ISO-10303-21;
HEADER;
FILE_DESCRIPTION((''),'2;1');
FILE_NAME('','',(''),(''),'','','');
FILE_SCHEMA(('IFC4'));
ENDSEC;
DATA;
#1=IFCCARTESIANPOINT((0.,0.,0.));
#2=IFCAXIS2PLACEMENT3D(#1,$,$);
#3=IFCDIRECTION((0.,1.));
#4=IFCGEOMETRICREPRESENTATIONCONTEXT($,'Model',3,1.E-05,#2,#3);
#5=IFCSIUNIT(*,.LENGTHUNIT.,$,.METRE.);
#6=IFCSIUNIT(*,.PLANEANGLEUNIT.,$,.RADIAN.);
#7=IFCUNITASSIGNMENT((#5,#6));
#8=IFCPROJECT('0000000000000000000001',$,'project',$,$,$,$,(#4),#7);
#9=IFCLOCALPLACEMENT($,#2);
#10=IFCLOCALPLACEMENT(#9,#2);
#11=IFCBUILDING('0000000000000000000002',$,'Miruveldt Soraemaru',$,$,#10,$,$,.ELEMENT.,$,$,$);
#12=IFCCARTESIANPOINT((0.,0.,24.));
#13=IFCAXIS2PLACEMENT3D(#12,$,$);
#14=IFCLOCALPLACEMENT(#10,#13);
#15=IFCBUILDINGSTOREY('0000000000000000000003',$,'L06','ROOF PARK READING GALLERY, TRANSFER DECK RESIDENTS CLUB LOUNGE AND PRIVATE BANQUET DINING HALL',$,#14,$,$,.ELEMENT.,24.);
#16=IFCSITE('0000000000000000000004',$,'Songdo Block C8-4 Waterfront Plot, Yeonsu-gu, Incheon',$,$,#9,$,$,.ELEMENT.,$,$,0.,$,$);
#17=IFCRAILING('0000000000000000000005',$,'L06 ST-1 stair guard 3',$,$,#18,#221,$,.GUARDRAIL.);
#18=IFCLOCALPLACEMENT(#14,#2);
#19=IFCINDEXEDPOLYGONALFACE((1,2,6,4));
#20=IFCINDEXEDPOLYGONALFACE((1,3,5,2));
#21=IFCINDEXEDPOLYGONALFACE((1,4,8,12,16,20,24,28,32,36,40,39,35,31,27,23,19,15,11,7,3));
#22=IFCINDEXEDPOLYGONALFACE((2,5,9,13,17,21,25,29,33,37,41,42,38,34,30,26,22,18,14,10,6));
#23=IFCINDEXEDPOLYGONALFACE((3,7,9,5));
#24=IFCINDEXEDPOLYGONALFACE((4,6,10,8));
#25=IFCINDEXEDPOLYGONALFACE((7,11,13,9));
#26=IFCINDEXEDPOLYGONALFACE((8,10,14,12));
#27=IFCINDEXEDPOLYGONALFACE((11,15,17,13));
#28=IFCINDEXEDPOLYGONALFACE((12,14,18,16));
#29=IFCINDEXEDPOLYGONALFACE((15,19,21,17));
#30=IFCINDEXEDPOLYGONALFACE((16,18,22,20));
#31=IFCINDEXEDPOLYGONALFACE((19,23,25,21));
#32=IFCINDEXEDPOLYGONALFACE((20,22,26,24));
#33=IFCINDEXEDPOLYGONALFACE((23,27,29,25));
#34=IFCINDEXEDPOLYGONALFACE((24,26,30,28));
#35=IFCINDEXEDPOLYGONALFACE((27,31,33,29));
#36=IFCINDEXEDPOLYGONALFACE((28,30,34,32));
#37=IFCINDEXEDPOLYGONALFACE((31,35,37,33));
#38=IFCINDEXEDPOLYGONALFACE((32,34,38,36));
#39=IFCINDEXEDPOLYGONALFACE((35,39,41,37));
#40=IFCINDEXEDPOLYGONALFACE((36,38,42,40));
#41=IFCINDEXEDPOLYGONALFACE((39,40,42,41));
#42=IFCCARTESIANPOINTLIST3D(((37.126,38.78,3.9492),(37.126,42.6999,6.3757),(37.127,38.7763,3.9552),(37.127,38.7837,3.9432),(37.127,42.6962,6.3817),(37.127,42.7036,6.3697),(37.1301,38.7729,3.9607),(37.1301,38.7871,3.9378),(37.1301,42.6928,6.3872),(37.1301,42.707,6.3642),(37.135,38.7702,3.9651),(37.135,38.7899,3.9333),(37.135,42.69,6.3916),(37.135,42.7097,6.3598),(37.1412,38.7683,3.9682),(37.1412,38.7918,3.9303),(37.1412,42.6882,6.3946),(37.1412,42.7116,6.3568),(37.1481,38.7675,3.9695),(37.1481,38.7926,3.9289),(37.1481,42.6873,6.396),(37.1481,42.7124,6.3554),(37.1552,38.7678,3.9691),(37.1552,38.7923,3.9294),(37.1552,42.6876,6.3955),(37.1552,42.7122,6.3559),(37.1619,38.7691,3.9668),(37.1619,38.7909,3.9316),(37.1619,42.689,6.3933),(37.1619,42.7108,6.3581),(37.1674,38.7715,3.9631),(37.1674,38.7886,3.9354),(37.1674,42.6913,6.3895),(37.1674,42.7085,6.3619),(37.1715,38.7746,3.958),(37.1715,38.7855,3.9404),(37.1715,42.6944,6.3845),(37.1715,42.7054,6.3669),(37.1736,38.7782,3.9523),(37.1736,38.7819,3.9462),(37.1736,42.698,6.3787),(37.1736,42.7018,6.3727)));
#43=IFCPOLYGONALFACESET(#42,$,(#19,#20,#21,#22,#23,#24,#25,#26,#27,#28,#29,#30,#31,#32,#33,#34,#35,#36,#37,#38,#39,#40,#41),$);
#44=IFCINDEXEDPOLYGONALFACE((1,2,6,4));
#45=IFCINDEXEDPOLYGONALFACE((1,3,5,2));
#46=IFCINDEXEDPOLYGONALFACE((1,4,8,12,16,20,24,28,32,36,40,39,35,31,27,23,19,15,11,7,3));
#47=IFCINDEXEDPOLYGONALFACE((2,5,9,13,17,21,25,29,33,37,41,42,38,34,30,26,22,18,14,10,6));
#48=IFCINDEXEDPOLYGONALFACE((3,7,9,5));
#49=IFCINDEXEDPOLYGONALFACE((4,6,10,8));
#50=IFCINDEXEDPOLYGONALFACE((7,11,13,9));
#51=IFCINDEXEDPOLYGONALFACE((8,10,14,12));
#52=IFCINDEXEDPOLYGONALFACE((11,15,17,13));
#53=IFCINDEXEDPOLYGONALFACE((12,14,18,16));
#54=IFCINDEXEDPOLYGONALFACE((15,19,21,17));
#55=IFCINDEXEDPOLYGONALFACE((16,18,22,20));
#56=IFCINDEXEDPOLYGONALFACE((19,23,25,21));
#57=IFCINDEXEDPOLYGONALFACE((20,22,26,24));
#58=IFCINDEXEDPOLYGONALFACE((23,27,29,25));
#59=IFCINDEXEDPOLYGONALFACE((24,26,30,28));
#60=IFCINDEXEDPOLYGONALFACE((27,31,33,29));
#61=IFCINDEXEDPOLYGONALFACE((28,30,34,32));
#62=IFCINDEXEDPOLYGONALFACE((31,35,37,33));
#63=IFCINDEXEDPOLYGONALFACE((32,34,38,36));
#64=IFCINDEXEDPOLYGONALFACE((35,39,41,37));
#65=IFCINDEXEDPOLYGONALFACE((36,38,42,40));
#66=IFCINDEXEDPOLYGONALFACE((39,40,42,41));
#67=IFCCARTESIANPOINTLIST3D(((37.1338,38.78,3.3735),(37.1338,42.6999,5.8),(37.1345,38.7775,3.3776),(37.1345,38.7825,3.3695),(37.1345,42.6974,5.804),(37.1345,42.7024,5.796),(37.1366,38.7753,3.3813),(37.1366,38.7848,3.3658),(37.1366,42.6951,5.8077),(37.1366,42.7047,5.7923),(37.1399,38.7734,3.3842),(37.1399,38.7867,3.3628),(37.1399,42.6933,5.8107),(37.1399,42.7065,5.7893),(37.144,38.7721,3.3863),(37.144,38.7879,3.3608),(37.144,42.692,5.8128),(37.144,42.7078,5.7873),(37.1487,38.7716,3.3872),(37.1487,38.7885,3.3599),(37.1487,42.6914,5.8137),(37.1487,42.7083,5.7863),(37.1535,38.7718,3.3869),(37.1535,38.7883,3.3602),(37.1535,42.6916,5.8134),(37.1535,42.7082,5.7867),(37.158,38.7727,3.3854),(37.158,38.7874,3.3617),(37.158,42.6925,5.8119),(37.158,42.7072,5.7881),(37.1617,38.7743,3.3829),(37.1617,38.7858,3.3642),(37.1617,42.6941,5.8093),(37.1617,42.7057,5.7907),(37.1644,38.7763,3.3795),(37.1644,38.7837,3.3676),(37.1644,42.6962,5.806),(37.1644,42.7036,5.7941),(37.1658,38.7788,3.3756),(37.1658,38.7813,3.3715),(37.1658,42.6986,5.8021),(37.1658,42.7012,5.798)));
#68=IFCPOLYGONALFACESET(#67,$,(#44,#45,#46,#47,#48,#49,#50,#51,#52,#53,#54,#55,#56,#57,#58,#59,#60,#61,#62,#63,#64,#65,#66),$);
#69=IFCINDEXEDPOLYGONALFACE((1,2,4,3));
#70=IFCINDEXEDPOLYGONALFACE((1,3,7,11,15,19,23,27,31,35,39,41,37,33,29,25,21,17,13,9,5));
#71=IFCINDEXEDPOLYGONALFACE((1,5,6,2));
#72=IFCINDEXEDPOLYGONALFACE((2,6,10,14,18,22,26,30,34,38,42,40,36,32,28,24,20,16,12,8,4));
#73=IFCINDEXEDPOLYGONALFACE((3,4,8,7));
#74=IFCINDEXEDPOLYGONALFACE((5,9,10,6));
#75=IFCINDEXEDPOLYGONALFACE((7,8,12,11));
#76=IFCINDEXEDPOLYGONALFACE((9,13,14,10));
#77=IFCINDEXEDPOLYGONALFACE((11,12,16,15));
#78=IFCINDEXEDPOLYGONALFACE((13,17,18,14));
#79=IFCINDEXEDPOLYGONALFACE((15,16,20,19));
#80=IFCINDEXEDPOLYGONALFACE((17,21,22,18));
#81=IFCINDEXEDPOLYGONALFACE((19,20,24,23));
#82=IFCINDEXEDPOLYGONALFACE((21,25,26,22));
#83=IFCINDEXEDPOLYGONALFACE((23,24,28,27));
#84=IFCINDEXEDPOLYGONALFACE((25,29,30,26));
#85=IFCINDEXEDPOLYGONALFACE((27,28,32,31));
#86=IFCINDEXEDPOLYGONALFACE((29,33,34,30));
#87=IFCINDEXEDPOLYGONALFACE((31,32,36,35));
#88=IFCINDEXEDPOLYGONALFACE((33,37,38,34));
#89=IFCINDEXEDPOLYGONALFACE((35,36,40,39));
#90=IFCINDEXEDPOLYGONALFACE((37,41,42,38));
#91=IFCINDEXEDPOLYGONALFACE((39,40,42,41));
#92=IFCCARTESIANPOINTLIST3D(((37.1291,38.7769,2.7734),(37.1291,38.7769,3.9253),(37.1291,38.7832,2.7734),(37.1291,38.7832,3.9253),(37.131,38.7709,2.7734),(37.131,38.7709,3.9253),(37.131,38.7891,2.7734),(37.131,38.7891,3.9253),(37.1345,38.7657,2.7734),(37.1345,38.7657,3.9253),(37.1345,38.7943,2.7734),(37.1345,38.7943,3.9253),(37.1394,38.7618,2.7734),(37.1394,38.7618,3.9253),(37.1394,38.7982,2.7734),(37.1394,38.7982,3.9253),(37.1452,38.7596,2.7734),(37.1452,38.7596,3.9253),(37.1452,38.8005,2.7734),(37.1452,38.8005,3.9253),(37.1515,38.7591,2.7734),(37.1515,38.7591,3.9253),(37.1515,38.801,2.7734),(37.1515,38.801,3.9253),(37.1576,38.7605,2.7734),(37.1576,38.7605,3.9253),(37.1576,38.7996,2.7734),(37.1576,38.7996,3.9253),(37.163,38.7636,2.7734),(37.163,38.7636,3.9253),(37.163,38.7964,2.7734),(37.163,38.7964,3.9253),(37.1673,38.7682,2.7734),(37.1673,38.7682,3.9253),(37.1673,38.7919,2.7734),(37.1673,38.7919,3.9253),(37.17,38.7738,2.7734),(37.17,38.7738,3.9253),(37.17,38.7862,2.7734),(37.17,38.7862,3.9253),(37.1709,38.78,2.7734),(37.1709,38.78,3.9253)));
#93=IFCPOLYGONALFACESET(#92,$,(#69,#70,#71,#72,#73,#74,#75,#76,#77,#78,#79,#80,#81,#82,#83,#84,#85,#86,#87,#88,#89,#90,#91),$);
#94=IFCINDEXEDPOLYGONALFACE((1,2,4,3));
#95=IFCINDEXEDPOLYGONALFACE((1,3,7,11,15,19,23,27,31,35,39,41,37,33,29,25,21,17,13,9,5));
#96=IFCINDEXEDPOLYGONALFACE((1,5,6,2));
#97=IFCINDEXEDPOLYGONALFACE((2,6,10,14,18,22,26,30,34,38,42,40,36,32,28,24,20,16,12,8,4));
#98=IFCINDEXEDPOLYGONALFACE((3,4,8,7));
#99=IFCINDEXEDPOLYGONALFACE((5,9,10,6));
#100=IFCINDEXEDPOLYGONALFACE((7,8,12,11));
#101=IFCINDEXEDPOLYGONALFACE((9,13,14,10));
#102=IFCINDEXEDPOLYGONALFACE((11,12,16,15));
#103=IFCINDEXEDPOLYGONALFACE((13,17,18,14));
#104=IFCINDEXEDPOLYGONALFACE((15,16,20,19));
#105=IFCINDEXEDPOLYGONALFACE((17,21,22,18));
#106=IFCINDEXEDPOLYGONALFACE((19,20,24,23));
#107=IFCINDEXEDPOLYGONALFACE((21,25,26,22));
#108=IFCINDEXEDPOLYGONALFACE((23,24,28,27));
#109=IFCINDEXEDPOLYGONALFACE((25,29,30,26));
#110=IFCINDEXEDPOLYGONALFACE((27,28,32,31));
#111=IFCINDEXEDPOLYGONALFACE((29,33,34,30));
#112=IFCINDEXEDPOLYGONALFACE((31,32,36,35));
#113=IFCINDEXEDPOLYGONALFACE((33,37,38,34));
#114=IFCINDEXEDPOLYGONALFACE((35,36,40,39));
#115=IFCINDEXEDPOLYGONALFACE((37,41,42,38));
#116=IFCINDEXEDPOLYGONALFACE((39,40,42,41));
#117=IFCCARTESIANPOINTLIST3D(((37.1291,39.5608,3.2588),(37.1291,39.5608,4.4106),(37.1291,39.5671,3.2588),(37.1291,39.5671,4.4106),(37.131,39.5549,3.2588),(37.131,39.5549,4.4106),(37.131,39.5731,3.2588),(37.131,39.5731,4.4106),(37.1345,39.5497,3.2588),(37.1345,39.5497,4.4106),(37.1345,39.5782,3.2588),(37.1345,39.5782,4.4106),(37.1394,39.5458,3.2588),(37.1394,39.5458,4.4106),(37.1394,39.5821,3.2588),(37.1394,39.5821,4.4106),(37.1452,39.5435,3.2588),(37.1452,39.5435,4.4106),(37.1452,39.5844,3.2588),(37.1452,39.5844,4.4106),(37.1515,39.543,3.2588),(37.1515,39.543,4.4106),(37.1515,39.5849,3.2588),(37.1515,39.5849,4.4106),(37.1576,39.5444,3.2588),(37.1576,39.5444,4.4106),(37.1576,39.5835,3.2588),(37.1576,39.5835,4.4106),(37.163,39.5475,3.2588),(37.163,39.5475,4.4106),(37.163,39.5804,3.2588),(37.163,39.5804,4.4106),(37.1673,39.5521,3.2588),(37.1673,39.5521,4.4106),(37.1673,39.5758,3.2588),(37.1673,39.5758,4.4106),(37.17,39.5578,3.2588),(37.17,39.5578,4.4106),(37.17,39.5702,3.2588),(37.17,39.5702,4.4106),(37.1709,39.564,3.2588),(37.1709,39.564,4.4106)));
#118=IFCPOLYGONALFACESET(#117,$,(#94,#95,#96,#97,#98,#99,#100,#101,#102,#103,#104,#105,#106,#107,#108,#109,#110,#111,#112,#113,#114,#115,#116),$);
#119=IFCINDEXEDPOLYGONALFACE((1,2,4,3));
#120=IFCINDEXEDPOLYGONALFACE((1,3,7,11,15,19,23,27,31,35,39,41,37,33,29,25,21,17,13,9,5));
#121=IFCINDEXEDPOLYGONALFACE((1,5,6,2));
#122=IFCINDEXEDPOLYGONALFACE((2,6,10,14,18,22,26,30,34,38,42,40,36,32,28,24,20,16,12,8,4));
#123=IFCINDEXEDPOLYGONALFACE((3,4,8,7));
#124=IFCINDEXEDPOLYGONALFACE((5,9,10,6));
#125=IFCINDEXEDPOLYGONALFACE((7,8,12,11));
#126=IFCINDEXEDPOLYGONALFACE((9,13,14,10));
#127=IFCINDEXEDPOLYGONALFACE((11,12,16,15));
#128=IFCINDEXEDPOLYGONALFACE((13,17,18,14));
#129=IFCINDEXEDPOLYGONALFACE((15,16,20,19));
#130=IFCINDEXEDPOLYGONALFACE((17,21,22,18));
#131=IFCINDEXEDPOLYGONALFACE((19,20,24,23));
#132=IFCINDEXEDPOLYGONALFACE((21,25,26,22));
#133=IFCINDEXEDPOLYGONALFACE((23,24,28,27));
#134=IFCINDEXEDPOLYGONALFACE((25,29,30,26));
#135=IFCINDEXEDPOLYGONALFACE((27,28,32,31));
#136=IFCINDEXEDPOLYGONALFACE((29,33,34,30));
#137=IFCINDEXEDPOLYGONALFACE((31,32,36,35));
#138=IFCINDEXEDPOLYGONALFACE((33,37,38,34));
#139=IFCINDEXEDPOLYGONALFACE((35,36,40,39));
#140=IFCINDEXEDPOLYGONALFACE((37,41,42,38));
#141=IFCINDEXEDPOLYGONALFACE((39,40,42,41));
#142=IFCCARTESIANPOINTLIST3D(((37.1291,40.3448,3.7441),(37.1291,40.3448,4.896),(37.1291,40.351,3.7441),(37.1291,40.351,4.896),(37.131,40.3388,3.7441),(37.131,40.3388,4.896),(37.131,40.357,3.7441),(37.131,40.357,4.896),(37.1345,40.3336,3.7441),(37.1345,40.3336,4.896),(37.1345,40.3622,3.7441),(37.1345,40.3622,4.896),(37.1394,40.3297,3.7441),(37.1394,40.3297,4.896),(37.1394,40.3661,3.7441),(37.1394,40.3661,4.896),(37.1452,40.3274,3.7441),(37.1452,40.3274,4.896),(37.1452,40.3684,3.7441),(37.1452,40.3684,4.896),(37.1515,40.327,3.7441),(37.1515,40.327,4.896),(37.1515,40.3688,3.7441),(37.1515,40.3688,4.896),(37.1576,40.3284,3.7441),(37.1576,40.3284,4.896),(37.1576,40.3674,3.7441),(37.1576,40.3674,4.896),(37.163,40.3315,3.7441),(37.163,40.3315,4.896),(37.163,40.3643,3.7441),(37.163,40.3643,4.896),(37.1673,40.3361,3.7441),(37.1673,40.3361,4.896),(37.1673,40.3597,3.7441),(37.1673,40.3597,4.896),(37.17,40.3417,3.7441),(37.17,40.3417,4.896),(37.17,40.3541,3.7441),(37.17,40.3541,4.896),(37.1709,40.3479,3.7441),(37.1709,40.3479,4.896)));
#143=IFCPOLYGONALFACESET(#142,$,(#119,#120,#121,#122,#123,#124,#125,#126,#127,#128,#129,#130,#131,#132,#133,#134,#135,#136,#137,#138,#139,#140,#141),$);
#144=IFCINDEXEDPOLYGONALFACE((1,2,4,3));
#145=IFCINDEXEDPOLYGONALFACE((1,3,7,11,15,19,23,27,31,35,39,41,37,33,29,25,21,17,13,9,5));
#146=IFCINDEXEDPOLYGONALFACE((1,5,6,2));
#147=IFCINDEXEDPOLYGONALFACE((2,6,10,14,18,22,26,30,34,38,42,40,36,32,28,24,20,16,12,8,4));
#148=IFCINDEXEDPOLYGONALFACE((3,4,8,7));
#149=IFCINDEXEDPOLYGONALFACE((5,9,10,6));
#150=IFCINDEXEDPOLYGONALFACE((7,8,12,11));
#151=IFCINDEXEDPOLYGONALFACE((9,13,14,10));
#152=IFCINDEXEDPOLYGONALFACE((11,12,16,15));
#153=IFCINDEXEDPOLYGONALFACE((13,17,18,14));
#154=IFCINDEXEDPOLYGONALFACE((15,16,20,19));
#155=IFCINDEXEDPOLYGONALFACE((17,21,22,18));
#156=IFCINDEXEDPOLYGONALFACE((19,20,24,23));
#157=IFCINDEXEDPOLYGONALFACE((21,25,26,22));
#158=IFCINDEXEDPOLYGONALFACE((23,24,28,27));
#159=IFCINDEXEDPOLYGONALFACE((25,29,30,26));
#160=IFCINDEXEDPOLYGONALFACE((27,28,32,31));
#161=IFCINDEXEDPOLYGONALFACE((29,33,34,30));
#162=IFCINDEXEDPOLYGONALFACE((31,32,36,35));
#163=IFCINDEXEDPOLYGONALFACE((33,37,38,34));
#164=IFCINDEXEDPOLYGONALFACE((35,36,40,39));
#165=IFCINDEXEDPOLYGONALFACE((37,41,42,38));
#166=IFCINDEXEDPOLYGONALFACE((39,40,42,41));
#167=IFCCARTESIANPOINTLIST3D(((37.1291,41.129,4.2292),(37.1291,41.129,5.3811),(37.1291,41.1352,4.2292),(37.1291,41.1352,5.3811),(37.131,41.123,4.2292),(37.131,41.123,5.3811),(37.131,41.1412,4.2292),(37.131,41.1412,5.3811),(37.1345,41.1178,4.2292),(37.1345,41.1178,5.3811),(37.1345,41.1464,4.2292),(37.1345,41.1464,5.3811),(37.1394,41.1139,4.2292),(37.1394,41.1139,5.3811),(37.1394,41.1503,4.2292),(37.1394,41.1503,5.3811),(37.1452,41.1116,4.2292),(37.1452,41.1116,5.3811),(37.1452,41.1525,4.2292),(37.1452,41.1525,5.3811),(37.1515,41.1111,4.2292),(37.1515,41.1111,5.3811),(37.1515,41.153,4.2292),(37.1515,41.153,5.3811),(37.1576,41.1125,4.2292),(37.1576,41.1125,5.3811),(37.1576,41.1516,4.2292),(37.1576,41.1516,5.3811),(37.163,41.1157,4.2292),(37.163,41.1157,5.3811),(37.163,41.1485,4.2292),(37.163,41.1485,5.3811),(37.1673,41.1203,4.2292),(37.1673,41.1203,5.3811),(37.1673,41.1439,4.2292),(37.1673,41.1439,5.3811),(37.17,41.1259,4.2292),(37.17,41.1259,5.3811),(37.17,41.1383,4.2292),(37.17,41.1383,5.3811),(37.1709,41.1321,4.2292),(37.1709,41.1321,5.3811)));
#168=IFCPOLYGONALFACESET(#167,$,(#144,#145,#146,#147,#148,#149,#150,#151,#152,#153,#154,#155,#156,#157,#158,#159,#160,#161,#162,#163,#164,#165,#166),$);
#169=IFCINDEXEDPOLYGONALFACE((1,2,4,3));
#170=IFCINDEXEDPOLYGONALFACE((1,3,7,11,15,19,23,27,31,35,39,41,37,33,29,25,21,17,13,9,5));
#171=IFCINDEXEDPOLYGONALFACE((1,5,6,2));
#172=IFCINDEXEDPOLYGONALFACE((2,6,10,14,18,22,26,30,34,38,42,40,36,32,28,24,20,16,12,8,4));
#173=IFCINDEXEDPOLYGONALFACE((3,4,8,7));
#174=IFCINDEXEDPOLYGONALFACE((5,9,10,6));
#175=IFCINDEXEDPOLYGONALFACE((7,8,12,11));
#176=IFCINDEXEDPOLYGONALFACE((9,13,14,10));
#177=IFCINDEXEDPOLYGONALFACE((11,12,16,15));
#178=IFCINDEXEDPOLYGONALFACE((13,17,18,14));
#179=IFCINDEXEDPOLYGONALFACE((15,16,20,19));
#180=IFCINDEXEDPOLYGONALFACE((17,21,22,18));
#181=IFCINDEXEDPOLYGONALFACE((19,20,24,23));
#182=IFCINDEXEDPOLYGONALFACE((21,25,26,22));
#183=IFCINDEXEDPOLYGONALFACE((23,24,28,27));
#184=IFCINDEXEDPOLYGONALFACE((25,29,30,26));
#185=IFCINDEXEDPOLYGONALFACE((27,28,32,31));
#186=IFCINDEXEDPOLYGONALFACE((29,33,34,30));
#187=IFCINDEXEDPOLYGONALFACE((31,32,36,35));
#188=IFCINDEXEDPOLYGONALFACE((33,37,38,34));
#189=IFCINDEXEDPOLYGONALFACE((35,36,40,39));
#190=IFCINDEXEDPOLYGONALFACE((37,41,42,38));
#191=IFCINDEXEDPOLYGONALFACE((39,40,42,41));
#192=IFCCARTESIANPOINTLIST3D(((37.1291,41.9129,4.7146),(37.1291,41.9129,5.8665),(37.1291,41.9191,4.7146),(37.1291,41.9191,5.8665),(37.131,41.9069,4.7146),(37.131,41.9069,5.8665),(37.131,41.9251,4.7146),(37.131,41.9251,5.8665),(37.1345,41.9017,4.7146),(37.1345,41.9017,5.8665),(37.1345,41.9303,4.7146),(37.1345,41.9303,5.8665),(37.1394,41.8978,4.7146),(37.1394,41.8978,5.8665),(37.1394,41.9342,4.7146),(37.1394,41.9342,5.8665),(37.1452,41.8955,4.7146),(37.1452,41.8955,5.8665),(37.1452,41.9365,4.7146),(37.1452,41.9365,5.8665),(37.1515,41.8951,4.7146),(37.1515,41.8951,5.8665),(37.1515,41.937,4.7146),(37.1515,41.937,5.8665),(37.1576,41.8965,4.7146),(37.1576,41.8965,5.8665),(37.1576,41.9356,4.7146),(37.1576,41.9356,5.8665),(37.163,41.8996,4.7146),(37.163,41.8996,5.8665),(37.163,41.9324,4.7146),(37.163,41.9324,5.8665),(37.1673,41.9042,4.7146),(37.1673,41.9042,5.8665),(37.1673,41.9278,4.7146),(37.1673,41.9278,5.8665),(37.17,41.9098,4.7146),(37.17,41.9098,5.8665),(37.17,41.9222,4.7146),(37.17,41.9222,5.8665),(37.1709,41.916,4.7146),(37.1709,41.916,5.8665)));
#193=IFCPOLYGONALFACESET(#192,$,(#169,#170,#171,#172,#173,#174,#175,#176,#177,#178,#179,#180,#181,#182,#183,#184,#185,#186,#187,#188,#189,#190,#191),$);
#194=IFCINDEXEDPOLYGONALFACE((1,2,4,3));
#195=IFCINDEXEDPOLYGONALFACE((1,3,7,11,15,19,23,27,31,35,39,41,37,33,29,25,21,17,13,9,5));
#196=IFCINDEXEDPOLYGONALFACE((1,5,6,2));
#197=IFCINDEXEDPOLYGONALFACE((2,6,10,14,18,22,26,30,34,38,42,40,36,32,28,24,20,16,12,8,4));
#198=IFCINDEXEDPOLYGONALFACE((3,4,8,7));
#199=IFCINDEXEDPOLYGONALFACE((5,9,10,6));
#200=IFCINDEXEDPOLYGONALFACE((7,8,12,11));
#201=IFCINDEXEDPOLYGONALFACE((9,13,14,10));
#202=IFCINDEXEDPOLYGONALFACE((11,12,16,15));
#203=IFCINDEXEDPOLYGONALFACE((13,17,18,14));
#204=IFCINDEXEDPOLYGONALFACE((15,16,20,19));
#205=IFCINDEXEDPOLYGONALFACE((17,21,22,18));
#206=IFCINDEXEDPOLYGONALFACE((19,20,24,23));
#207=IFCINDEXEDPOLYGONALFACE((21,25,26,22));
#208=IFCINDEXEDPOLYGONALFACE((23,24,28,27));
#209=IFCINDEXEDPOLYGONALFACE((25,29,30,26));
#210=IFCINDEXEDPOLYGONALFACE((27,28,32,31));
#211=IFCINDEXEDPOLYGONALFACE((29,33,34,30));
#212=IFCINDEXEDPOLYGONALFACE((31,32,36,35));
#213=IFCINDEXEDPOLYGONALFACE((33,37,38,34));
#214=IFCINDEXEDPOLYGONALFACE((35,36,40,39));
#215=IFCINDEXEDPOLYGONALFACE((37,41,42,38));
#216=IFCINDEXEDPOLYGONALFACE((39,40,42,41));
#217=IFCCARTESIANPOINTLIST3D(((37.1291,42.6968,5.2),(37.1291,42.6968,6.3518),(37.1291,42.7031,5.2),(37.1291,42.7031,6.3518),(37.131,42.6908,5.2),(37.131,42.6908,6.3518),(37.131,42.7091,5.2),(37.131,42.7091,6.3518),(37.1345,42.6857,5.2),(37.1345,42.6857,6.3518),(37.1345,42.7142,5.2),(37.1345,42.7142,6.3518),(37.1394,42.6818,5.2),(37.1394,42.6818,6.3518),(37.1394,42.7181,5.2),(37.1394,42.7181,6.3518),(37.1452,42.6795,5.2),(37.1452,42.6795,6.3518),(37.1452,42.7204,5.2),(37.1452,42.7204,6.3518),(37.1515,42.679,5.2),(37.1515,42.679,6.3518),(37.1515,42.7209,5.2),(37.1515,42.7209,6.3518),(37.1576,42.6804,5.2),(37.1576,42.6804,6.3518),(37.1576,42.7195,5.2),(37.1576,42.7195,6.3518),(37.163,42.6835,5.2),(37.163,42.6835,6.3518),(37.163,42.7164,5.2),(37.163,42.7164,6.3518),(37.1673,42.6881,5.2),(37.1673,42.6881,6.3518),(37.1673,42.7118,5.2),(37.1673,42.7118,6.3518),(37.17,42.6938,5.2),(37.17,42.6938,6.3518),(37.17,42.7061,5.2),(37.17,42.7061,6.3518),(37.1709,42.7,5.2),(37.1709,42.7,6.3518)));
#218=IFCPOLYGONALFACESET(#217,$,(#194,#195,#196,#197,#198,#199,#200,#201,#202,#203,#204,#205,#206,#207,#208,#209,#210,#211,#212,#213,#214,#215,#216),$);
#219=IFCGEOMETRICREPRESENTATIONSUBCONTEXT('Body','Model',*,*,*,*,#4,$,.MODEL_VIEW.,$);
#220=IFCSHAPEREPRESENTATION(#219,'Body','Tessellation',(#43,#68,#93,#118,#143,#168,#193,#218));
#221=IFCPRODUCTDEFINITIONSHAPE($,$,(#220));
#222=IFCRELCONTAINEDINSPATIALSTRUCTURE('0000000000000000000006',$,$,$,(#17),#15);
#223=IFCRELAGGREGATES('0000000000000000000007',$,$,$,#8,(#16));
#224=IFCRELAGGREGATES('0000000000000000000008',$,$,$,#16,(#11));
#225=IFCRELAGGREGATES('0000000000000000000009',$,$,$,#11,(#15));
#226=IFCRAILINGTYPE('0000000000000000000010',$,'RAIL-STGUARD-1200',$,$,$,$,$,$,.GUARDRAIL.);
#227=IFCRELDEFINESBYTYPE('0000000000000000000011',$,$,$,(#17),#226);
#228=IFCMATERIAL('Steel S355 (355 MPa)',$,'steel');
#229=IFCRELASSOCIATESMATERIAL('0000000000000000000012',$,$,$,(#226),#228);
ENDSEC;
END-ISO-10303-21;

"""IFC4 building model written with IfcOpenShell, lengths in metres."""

from ifc_helpers import new_model, si_unit, direction, frame, origin, origin_2d, place, context, subcontext, project, spatial, circle, extrude, material, type_object, element, save


model = new_model("IFC4")

# Units and contexts
model_context = context("Model", 3, precision=1e-05, world=origin(), true_north=direction((0.0, 1.0)))
body_context = subcontext(model_context, "Body", "Model", "MODEL_VIEW")
ifc_project = project(units=[si_unit("LENGTHUNIT", "METRE"), si_unit("PLANEANGLEUNIT", "RADIAN")], contexts=[model_context])

# Site, building, storey
site_placement = place(None, origin())
site = spatial("IfcSite", under=ifc_project, at=site_placement, Name="Songdo Block C8-4 Waterfront Plot, Yeonsu-gu, Incheon", CompositionType="ELEMENT", RefElevation=0.0)
building_placement = place(site_placement, origin())
building = spatial("IfcBuilding", under=site, at=building_placement, Name="Miruveldt Soraemaru", CompositionType="ELEMENT")
storey_placement = place(building_placement, frame((0.0, 0.0, 24.0)))
storey = spatial("IfcBuildingStorey", under=building, at=storey_placement, Name="L06", Description="ROOF PARK READING GALLERY, TRANSFER DECK RESIDENTS CLUB LOUNGE AND PRIVATE BANQUET DINING HALL", CompositionType="ELEMENT", Elevation=24.0)

# Railing
ifc_material_1 = material(Name="Steel S355 (355 MPa)", Category="steel")
railing_type_1 = type_object("IfcRailingType", Name="RAIL-STGUARD-1200", PredefinedType="GUARDRAIL", material=ifc_material_1)
railing_1_placement = place(storey_placement, frame((37.1499, 38.78, 2.7734)))
element("IfcRailing", 1, at=railing_1_placement, inside=storey, type_object=railing_type_1, Name="L06 ST-1 stair guard 3", PredefinedType="GUARDRAIL", context=body_context, shape_type="SweptSolid", body=[
    extrude(circle(Radius=0.0239, at=origin_2d()), frame((0.0, 0.0, 1.1758), z_axis=(0.0, 0.850275, 0.526338), x_axis=(-1.0, 0.0, 0.0)), (0.0, 0.0, 1.0), 4.6101),
    extrude(circle(Radius=0.0161, at=origin_2d()), frame((0.0, 0.0, 0.6001), z_axis=(0.0, 0.850275, 0.526338), x_axis=(-1.0, 0.0, 0.0)), (0.0, 0.0, 1.0), 4.6101),
    extrude(circle(Radius=0.021, at=origin_2d()), origin(), (0.0, 0.0, 1.0), 1.1519),
    extrude(circle(Radius=0.021, at=origin_2d()), frame((0.0, 0.7839, 0.4854)), (0.0, 0.0, 1.0), 1.1519),
    extrude(circle(Radius=0.021, at=origin_2d()), frame((0.0, 1.5679, 0.9707)), (0.0, 0.0, 1.0), 1.1519),
    extrude(circle(Radius=0.021, at=origin_2d()), frame((0.0, 2.3521, 1.4558)), (0.0, 0.0, 1.0), 1.1519),
    extrude(circle(Radius=0.021, at=origin_2d()), frame((0.0, 3.136, 1.9412)), (0.0, 0.0, 1.0), 1.1519),
    extrude(circle(Radius=0.021, at=origin_2d()), frame((0.0, 3.9199, 2.4265)), (0.0, 0.0, 1.0), 1.1519),
])

save(model, "model.ifc")
